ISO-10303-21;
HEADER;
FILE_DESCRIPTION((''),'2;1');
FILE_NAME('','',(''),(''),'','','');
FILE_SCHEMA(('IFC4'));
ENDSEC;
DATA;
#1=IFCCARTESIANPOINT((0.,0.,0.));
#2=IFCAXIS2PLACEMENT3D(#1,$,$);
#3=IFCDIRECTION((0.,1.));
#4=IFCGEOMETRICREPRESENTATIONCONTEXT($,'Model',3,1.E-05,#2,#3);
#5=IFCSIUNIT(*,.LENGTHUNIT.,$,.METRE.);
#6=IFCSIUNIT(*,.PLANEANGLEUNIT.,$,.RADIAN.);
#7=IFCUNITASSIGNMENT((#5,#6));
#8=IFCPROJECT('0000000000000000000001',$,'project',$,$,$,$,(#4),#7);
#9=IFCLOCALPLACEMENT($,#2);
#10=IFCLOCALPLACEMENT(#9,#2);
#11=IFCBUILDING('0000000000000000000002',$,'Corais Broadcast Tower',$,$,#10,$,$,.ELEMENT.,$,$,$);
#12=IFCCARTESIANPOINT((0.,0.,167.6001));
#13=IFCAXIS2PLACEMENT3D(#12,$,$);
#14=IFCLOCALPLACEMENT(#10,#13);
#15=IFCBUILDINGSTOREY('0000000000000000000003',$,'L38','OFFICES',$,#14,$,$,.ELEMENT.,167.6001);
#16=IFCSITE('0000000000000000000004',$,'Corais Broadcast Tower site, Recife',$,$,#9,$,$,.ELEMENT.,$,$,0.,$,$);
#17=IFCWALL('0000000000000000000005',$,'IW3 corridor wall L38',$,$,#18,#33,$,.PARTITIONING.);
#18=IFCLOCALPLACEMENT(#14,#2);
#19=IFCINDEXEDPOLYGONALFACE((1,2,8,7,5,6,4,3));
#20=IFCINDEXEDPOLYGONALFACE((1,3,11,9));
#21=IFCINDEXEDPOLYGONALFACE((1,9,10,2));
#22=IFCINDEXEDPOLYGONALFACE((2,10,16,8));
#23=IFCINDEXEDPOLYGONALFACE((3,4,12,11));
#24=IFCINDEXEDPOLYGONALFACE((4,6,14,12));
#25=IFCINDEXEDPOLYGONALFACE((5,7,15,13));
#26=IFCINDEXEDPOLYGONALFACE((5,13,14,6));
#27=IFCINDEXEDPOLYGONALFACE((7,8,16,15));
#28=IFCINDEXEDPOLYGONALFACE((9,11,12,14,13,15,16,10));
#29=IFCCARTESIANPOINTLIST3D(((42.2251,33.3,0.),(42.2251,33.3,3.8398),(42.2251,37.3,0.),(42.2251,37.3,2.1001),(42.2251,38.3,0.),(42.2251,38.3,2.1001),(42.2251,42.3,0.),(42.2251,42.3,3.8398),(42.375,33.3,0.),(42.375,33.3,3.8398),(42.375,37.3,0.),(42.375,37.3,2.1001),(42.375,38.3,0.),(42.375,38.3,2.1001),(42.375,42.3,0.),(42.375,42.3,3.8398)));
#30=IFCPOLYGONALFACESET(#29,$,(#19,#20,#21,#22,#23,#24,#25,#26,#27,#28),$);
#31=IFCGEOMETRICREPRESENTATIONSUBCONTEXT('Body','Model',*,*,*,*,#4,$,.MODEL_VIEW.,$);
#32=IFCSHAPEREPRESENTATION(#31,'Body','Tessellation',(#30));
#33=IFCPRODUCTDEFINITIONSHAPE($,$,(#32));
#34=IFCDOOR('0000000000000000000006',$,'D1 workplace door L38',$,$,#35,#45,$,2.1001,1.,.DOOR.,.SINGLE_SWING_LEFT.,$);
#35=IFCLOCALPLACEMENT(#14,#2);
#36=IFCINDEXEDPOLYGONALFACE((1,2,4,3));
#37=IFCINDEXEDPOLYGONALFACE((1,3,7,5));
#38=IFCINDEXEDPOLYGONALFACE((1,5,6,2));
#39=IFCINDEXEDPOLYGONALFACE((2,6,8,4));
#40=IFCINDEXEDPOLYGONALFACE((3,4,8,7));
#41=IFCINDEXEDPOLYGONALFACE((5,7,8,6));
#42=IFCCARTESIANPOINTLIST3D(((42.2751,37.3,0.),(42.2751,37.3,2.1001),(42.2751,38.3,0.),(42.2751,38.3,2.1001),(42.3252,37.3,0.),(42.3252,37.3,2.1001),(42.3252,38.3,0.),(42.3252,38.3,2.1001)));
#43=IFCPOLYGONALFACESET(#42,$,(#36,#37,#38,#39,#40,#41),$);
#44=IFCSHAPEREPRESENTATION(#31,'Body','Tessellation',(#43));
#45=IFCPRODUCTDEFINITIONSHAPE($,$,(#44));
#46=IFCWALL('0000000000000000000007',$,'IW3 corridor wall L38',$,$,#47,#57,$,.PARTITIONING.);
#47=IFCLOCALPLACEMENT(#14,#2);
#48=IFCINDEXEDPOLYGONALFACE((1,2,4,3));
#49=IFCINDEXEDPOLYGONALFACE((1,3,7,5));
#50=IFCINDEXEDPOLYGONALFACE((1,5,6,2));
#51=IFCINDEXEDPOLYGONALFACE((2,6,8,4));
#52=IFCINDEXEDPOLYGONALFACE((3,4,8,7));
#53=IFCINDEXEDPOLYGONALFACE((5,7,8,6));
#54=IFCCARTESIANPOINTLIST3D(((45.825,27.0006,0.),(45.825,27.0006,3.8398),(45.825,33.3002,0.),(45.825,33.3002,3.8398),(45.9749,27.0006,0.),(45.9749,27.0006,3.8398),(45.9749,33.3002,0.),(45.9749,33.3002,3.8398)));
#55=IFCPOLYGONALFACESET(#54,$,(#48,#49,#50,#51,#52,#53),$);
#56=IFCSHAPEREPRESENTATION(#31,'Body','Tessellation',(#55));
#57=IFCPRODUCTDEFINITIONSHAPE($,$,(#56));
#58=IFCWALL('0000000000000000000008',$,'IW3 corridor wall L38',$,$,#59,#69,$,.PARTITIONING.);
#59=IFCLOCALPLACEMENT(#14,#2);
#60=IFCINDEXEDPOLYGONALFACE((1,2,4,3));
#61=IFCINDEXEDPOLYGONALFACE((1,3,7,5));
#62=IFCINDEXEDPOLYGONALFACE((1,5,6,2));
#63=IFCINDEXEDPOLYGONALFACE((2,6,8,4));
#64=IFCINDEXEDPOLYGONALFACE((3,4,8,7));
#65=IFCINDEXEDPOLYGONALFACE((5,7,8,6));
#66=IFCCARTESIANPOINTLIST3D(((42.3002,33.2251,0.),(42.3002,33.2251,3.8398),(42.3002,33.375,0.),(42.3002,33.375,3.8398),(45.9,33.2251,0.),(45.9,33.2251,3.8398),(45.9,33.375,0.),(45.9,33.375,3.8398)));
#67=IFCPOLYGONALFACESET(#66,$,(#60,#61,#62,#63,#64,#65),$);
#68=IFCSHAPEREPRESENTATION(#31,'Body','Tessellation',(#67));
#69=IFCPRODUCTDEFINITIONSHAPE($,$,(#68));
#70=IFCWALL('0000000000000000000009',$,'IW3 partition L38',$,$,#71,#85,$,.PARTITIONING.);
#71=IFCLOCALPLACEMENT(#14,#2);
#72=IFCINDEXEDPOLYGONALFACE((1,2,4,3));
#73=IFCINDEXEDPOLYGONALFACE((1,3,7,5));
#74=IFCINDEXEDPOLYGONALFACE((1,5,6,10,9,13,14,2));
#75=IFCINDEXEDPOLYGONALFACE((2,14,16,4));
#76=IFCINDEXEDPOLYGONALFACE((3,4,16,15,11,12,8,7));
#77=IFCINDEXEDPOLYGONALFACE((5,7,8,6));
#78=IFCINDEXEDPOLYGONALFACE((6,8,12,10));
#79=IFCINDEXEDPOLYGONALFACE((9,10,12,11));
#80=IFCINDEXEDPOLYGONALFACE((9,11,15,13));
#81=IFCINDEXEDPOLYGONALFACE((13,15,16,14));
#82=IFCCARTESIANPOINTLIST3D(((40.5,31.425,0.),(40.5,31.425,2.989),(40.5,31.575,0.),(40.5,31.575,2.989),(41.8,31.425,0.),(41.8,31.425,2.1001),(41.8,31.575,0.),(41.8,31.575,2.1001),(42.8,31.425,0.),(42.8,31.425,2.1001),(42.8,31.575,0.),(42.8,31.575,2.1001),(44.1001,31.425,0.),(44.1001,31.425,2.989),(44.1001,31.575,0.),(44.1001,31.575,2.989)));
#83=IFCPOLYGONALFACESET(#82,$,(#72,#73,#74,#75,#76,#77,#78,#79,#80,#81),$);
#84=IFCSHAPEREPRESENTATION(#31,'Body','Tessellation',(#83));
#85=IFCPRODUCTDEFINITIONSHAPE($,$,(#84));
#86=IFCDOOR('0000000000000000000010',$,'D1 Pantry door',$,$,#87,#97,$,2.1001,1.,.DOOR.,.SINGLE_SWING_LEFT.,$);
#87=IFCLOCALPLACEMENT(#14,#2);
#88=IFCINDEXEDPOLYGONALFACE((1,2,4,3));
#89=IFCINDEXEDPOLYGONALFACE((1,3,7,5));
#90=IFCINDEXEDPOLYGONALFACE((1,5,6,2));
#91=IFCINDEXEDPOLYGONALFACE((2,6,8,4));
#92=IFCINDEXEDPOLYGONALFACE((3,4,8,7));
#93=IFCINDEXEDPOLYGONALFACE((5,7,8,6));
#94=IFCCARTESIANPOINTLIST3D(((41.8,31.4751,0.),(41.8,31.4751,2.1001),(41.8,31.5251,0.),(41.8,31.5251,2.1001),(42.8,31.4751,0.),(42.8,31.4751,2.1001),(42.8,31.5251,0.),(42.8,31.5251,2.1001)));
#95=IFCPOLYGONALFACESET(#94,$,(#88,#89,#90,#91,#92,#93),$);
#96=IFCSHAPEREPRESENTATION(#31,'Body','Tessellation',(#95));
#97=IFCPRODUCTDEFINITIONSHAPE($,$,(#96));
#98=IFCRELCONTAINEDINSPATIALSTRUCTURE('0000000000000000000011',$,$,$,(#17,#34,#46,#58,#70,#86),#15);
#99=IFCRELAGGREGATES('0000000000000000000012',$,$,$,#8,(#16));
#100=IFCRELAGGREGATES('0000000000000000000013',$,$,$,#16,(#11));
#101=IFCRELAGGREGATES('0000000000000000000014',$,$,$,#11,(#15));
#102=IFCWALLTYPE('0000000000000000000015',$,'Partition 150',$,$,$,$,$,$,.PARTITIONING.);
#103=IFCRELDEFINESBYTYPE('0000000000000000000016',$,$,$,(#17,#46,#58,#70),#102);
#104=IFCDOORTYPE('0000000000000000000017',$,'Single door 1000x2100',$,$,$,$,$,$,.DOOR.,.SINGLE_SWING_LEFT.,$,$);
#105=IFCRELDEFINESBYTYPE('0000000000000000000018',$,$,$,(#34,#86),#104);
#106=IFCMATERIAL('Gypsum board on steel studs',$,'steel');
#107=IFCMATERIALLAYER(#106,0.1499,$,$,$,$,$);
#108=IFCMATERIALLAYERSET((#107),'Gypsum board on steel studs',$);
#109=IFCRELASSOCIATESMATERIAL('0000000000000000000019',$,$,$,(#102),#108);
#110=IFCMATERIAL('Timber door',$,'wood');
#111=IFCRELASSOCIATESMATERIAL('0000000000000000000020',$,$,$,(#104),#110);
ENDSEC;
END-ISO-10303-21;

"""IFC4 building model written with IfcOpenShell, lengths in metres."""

from ifc_helpers import new_model, si_unit, direction, frame, frame_2d, origin, place, context, subcontext, project, spatial, rectangle, extrude, material, layer, layer_set, type_object, element, fill, save


model = new_model("IFC4")

# Units and contexts
model_context = context("Model", 3, precision=1e-05, world=origin(), true_north=direction((0.0, 1.0)))
body_context = subcontext(model_context, "Body", "Model", "MODEL_VIEW")
ifc_project = project(units=[si_unit("LENGTHUNIT", "METRE"), si_unit("PLANEANGLEUNIT", "RADIAN")], contexts=[model_context])

# Site, building, storey
site_placement = place(None, origin())
site = spatial("IfcSite", under=ifc_project, at=site_placement, Name="Corais Broadcast Tower site, Recife", CompositionType="ELEMENT", RefElevation=0.0)
building_placement = place(site_placement, origin())
building = spatial("IfcBuilding", under=site, at=building_placement, Name="Corais Broadcast Tower", CompositionType="ELEMENT")
storey_placement = place(building_placement, frame((0.0, 0.0, 167.6001)))
storey = spatial("IfcBuildingStorey", under=building, at=storey_placement, Name="L38", Description="OFFICES", CompositionType="ELEMENT", Elevation=167.6001)

# Wall, opening, door
ifc_material_1 = material(Name="Gypsum board on steel studs", Category="steel")
ifc_layer_1 = layer(ifc_material_1, 0.1499)
ifc_layer_set_1 = layer_set([ifc_layer_1], Name="Gypsum board on steel studs")
wall_type = type_object("IfcWallType", Name="Partition 150", PredefinedType="PARTITIONING", material=ifc_layer_set_1)
wall_1_placement = place(storey_placement, frame((42.3, 33.3, 0.0), z_axis=(0.0, 0.0, 1.0), x_axis=(0.0, 1.0, 0.0)))
wall_1 = element("IfcWall", 1, at=wall_1_placement, inside=storey, type_object=wall_type, Name="IW3 corridor wall L38", PredefinedType="PARTITIONING", context=body_context, shape_type="SweptSolid", body=[
    extrude(rectangle(XDim=9.0, YDim=0.1499, at=frame_2d((4.5, 0.0))), origin(), (0.0, 0.0, 1.0), 3.8398),
])
opening_1_placement = place(wall_1_placement, frame((4.0, 0.0, 0.0)))
opening_1 = element("IfcOpeningElement", 2, at=opening_1_placement, cuts=wall_1, PredefinedType="OPENING", context=body_context, shape_type="SweptSolid", body=[
    extrude(rectangle(XDim=1.0, YDim=2.1001, at=frame_2d((0.5, 1.05))), frame((0.0, 0.085, 0.0), z_axis=(0.0, -1.0, 0.0), x_axis=(1.0, 0.0, 0.0)), (0.0, 0.0, 1.0), 0.1699),
])
ifc_material_2 = material(Name="Timber door", Category="wood")
door_type = type_object("IfcDoorType", Name="Single door 1000x2100", OperationType="SINGLE_SWING_LEFT", PredefinedType="DOOR", material=ifc_material_2)
door_1_placement = place(opening_1_placement, origin())
door_1 = element("IfcDoor", 3, at=door_1_placement, inside=storey, type_object=door_type, Name="D1 workplace door L38", OperationType="SINGLE_SWING_LEFT", OverallHeight=2.1001, OverallWidth=1.0, PredefinedType="DOOR", context=body_context, shape_type="SweptSolid", body=[
    extrude(rectangle(XDim=1.0, YDim=2.1001, at=frame_2d((0.5, 1.05))), frame((0.0, 0.0249, 0.0), z_axis=(0.0, -1.0, 0.0), x_axis=(1.0, 0.0, 0.0)), (0.0, 0.0, 1.0), 0.05),
])
fill(opening_1, door_1)

# Walls
wall_2_placement = place(storey_placement, frame((45.8999, 27.0005, 0.0), z_axis=(0.0, 0.0, 1.0), x_axis=(0.0, 1.0, 0.0)))
element("IfcWall", 4, at=wall_2_placement, inside=storey, type_object=wall_type, Name="IW3 corridor wall L38", PredefinedType="PARTITIONING", context=body_context, shape_type="SweptSolid", body=[
    extrude(rectangle(XDim=6.2996, YDim=0.1499, at=frame_2d((3.1499, 0.0))), origin(), (0.0, 0.0, 1.0), 3.8398),
])
wall_3_placement = place(storey_placement, frame((45.8999, 33.3, 0.0), z_axis=(0.0, 0.0, 1.0), x_axis=(-1.0, 0.0, 0.0)))
element("IfcWall", 5, at=wall_3_placement, inside=storey, type_object=wall_type, Name="IW3 corridor wall L38", PredefinedType="PARTITIONING", context=body_context, shape_type="SweptSolid", body=[
    extrude(rectangle(XDim=3.5999, YDim=0.1499, at=frame_2d((1.7998, 0.0))), origin(), (0.0, 0.0, 1.0), 3.8398),
])

# Wall, opening, door
wall_4_placement = place(storey_placement, frame((44.1001, 31.5, 0.0), z_axis=(0.0, 0.0, 1.0), x_axis=(-1.0, 0.0, 0.0)))
wall_4 = element("IfcWall", 6, at=wall_4_placement, inside=storey, type_object=wall_type, Name="IW3 partition L38", PredefinedType="PARTITIONING", context=body_context, shape_type="SweptSolid", body=[
    extrude(rectangle(XDim=3.6001, YDim=0.1499, at=frame_2d((1.8, 0.0))), origin(), (0.0, 0.0, 1.0), 2.989),
])
opening_2_placement = place(wall_4_placement, frame((1.3, 0.0, 0.0)))
opening_2 = element("IfcOpeningElement", 7, at=opening_2_placement, cuts=wall_4, PredefinedType="OPENING", context=body_context, shape_type="SweptSolid", body=[
    extrude(rectangle(XDim=1.0, YDim=2.1001, at=frame_2d((0.5, 1.05))), frame((0.0, 0.085, 0.0), z_axis=(0.0, -1.0, 0.0), x_axis=(1.0, 0.0, 0.0)), (0.0, 0.0, 1.0), 0.1699),
])
door_2_placement = place(opening_2_placement, origin())
door_2 = element("IfcDoor", 8, at=door_2_placement, inside=storey, type_object=door_type, Name="D1 Pantry door", OperationType="SINGLE_SWING_LEFT", OverallHeight=2.1001, OverallWidth=1.0, PredefinedType="DOOR", context=body_context, shape_type="SweptSolid", body=[
    extrude(rectangle(XDim=1.0, YDim=2.1001, at=frame_2d((0.5, 1.05))), frame((0.0, 0.0249, 0.0), z_axis=(0.0, -1.0, 0.0), x_axis=(1.0, 0.0, 0.0)), (0.0, 0.0, 1.0), 0.05),
])
fill(opening_2, door_2)

save(model, "model.ifc")
